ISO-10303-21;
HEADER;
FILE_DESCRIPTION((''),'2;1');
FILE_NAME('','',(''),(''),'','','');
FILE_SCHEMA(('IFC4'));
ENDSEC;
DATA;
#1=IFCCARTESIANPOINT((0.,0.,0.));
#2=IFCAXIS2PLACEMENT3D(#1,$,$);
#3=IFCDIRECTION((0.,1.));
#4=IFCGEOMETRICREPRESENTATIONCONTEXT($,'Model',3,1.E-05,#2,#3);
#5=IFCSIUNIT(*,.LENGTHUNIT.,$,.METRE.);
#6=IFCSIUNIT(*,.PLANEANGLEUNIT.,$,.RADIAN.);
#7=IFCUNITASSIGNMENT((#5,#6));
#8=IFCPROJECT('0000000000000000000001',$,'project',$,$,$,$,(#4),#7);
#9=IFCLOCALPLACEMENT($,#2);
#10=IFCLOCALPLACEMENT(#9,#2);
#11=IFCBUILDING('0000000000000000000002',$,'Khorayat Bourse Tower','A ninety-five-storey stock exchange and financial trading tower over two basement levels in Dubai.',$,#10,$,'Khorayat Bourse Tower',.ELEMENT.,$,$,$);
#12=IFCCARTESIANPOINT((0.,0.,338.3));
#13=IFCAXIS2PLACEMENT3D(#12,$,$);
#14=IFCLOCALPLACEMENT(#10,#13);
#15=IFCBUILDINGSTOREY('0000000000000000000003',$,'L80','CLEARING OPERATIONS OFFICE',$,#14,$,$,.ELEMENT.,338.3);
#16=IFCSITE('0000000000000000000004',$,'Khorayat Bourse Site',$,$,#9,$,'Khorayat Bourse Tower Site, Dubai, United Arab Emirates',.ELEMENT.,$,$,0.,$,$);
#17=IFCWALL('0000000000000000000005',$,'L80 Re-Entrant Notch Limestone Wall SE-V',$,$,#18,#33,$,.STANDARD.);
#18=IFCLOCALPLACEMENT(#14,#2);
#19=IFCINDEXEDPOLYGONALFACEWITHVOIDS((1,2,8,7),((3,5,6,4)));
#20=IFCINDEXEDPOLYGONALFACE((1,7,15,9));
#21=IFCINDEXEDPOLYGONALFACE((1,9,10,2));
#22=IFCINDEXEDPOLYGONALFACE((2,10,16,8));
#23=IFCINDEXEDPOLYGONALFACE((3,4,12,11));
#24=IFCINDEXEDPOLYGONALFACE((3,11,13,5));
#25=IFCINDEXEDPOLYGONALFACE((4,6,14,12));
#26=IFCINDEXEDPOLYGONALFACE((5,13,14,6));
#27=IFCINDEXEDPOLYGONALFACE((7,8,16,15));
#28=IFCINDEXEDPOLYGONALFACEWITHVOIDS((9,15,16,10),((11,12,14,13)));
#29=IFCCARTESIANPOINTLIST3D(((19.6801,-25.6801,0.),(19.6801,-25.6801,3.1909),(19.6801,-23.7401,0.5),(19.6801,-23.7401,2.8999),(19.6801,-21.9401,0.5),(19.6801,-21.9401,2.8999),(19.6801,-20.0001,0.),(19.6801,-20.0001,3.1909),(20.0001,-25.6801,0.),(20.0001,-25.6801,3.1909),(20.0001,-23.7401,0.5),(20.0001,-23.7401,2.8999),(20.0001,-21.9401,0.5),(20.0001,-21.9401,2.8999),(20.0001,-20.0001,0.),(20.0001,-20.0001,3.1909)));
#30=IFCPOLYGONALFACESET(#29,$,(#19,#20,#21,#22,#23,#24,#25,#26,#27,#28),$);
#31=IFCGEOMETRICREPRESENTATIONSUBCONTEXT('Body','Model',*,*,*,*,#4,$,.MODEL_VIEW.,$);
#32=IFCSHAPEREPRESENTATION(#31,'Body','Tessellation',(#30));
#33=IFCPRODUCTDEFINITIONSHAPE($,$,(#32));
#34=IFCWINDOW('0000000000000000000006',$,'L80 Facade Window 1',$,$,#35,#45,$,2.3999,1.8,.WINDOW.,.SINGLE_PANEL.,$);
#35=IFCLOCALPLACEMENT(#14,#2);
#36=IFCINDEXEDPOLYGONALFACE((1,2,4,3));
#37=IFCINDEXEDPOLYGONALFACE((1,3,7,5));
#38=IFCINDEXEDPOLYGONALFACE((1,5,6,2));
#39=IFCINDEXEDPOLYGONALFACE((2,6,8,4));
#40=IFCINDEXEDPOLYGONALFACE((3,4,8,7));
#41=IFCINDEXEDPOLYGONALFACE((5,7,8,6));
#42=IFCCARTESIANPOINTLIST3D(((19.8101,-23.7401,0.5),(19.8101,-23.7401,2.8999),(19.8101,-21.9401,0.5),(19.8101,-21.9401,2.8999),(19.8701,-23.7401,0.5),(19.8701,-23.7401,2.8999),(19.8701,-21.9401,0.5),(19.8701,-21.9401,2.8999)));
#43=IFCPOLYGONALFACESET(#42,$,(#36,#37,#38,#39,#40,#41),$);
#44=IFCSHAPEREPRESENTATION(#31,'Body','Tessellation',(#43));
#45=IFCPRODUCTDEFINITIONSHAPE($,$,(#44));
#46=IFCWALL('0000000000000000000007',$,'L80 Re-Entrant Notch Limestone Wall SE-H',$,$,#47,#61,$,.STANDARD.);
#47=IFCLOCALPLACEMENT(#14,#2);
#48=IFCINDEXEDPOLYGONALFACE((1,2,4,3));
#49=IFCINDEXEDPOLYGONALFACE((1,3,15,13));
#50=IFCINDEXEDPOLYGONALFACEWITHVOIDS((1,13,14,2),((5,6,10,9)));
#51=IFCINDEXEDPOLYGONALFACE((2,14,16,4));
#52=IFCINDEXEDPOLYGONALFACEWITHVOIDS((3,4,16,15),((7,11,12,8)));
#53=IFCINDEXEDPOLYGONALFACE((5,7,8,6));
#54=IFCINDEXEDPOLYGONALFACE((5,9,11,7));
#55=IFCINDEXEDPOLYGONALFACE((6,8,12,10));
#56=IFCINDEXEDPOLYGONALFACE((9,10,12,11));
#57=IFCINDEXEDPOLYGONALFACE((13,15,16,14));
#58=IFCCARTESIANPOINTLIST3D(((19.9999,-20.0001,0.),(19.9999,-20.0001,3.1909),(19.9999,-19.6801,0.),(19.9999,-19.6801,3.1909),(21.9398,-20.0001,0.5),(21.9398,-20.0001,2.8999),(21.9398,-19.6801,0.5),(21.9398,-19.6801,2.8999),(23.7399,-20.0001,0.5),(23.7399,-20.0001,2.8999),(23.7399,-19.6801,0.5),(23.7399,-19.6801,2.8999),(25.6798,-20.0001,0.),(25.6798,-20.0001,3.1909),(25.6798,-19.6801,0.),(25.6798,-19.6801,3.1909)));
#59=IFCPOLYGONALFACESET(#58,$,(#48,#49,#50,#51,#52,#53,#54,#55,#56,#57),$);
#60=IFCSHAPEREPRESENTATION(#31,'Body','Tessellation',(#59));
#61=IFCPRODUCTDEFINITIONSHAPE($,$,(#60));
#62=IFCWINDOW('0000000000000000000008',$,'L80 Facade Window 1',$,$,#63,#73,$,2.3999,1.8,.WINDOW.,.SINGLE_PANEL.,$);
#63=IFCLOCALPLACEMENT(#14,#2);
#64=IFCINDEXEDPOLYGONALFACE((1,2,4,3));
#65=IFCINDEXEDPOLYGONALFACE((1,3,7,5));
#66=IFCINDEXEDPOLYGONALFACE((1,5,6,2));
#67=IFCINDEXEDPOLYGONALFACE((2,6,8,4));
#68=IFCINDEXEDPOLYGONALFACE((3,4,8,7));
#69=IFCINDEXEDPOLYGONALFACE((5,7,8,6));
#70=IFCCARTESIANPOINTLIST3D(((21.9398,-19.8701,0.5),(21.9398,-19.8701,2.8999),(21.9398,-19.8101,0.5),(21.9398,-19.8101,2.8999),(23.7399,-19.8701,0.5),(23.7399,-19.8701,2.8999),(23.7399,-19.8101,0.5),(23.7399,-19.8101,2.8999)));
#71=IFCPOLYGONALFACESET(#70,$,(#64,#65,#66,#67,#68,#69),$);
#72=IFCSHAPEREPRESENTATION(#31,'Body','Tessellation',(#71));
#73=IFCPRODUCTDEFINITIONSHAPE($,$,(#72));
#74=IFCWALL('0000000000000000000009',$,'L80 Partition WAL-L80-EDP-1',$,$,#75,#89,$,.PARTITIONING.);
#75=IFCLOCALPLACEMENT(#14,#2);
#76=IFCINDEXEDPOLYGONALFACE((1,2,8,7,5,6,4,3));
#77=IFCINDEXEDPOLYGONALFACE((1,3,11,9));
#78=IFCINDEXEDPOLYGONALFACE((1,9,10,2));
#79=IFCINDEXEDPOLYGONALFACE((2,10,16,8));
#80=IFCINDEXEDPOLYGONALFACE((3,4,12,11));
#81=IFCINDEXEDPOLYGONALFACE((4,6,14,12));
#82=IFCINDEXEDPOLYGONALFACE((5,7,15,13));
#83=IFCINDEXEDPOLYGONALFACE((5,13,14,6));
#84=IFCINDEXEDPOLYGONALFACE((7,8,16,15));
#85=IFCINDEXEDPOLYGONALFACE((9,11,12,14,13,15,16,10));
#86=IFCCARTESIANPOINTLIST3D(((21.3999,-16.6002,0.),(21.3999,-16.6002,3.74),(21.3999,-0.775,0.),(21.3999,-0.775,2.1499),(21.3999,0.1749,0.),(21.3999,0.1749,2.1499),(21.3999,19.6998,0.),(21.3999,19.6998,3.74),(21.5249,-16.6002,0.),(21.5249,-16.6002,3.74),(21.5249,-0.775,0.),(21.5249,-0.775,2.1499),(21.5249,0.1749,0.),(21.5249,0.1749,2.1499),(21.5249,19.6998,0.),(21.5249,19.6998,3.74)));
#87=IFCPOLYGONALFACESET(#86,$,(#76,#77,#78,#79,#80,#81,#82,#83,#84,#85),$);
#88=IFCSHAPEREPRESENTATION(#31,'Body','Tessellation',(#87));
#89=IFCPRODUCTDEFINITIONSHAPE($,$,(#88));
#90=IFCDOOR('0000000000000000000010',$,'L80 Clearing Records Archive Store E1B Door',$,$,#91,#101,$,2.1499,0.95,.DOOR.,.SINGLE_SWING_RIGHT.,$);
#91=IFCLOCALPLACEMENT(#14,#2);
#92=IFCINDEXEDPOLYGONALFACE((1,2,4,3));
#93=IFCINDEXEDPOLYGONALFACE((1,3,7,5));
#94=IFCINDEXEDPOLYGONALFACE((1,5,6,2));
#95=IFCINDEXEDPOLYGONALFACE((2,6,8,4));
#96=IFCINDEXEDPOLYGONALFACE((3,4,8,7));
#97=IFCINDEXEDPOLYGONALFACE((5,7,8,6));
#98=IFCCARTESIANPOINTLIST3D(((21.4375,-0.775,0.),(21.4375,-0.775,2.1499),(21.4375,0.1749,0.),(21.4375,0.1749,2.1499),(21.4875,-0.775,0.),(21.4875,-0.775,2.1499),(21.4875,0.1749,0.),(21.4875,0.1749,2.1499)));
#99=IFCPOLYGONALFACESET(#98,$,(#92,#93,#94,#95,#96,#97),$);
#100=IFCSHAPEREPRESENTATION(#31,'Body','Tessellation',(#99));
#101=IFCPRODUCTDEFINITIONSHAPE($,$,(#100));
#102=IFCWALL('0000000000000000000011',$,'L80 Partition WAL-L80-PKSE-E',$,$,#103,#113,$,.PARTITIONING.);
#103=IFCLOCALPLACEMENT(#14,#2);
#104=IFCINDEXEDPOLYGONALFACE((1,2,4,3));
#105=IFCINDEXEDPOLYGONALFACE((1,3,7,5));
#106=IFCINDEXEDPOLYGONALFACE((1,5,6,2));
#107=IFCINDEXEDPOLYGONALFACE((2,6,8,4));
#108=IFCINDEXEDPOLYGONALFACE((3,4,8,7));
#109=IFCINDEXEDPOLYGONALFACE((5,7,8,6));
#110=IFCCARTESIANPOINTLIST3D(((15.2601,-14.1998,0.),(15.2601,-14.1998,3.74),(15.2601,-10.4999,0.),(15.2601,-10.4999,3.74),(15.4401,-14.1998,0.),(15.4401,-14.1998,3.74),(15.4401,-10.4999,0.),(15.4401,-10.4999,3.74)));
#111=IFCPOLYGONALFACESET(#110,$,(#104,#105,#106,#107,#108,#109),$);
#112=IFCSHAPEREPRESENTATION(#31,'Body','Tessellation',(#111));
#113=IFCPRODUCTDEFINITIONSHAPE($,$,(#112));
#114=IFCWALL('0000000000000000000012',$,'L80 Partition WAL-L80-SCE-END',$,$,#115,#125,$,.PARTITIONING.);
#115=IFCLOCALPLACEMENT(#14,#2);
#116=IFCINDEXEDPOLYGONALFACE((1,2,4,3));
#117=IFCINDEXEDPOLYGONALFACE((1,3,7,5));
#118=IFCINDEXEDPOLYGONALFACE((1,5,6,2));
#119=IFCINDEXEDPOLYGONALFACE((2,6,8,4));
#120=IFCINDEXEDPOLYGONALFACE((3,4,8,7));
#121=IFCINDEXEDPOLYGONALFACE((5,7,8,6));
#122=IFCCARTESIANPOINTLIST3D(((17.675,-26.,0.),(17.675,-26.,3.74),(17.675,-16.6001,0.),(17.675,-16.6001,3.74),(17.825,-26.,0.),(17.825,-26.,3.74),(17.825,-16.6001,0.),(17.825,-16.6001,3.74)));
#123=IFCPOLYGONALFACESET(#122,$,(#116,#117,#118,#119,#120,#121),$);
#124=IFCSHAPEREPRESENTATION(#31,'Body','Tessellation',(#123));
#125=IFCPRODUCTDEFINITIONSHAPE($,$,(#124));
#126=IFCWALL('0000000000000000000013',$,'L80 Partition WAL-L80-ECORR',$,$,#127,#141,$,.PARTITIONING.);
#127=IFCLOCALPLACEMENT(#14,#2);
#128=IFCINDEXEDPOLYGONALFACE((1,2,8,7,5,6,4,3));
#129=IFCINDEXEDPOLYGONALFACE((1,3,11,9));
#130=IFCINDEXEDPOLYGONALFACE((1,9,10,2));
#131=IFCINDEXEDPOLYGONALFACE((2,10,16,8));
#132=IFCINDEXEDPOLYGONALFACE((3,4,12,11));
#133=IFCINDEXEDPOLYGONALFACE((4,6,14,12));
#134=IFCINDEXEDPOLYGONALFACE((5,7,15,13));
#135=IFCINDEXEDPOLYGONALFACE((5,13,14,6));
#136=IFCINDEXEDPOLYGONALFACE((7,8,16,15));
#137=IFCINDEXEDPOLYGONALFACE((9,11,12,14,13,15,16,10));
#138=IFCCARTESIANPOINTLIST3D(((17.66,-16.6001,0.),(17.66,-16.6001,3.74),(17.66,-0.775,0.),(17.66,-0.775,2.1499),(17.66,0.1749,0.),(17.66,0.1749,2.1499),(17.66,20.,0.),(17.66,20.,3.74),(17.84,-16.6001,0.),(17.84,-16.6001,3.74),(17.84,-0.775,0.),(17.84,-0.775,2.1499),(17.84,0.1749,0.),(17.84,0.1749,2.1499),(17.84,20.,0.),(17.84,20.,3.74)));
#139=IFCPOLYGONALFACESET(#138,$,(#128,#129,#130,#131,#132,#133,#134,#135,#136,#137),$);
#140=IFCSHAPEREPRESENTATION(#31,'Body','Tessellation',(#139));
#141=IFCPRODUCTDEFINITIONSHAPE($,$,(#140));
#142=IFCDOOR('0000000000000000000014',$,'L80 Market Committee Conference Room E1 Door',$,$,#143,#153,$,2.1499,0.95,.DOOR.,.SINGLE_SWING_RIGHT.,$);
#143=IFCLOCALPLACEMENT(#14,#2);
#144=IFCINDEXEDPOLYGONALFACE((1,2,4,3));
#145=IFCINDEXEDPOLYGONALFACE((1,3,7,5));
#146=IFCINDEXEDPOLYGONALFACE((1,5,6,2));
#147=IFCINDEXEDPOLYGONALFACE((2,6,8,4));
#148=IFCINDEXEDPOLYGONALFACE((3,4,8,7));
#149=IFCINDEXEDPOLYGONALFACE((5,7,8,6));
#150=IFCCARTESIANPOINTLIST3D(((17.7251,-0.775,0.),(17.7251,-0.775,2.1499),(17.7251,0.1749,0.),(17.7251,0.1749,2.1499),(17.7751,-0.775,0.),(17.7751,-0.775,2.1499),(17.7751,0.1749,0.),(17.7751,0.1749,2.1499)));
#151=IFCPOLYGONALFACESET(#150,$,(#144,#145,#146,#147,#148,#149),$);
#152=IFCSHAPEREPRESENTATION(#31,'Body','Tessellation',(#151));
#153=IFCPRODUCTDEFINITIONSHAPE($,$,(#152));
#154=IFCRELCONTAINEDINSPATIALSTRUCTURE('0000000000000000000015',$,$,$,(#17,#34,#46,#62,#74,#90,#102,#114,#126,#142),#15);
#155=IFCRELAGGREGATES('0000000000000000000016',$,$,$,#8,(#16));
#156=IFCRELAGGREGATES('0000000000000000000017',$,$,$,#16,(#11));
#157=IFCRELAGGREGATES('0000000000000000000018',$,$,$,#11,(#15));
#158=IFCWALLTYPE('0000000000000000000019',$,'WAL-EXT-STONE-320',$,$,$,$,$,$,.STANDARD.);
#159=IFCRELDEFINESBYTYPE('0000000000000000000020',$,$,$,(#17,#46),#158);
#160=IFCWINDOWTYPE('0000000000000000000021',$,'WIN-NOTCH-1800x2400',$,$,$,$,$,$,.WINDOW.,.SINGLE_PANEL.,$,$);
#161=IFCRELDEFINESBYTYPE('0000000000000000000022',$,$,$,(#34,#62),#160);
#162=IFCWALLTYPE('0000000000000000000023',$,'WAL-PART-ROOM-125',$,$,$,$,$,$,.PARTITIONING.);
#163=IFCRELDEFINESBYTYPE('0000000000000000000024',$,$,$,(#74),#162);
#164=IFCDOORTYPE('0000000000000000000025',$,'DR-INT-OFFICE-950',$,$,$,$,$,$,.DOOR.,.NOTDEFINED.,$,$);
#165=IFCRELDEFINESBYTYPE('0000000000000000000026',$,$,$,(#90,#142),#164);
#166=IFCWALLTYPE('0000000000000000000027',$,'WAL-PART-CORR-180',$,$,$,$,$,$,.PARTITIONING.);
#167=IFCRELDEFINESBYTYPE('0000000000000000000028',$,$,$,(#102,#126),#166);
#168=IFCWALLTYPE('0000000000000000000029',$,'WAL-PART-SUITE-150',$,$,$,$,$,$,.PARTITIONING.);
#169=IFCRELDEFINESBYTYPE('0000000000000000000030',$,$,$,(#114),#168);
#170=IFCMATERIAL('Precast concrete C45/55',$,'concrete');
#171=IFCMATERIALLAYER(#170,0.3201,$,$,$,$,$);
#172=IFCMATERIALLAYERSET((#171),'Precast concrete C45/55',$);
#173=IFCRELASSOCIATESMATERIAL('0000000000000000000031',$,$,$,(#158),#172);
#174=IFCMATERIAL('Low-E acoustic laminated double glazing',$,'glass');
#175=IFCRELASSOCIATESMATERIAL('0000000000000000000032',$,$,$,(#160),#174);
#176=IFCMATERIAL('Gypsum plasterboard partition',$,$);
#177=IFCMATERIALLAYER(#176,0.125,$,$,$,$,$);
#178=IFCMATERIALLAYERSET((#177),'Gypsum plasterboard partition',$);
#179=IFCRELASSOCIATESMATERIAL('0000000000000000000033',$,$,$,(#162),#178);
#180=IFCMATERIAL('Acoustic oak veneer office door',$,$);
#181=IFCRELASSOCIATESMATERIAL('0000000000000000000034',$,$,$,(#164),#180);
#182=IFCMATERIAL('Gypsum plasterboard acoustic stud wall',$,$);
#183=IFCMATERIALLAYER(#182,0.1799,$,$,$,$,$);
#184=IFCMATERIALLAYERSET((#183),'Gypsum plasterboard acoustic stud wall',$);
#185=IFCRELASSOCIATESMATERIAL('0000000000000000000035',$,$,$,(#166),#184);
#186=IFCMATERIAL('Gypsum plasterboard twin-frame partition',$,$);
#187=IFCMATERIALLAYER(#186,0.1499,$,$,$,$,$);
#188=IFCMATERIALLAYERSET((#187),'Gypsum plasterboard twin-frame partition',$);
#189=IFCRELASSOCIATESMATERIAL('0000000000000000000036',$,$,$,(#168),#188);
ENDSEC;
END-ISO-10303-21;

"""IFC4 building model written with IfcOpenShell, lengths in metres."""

from ifc_helpers import new_model, si_unit, direction, frame, frame_2d, origin, place, context, subcontext, project, spatial, rectangle, extrude, source, transform, mapped, material, layer, layer_set, type_object, element, fill, save


model = new_model("IFC4")

# Units and contexts
model_context = context("Model", 3, precision=1e-05, world=origin(), true_north=direction((0.0, 1.0)))
body_context = subcontext(model_context, "Body", "Model", "MODEL_VIEW")
ifc_project = project(units=[si_unit("LENGTHUNIT", "METRE"), si_unit("PLANEANGLEUNIT", "RADIAN")], contexts=[model_context])

# Site, building, storey
site_placement = place(None, origin())
site = spatial("IfcSite", under=ifc_project, at=site_placement, Name="Khorayat Bourse Site", LongName="Khorayat Bourse Tower Site, Dubai, United Arab Emirates", CompositionType="ELEMENT", RefElevation=0.0)
building_placement = place(site_placement, origin())
building = spatial("IfcBuilding", under=site, at=building_placement, Name="Khorayat Bourse Tower", Description="A ninety-five-storey stock exchange and financial trading tower over two basement levels in Dubai.", LongName="Khorayat Bourse Tower", CompositionType="ELEMENT")
storey_placement = place(building_placement, frame((0.0, 0.0, 338.3)))
storey = spatial("IfcBuildingStorey", under=building, at=storey_placement, Name="L80", Description="CLEARING OPERATIONS OFFICE", CompositionType="ELEMENT", Elevation=338.3)

# Walls, openings, windows
ifc_material_1 = material(Name="Precast concrete C45/55", Category="concrete")
ifc_layer_1 = layer(ifc_material_1, 0.3201)
ifc_layer_set_1 = layer_set([ifc_layer_1], Name="Precast concrete C45/55")
wall_type_1 = type_object("IfcWallType", Name="WAL-EXT-STONE-320", PredefinedType="STANDARD", material=ifc_layer_set_1)
shared_shape_1 = source(origin(), body_context, "Body", "SweptSolid", [
    extrude(rectangle(XDim=5.6799, YDim=0.3201, at=frame_2d((2.8398, 0.0))), origin(), (0.0, 0.0, 1.0), 3.1909),
])
wall_1_placement = place(storey_placement, frame((19.8401, -25.6799, 0.0), z_axis=(0.0, 0.0, 1.0), x_axis=(0.0, 1.0, 0.0)))
wall_1 = element("IfcWall", 1, at=wall_1_placement, inside=storey, type_object=wall_type_1, Name="L80 Re-Entrant Notch Limestone Wall SE-V", PredefinedType="STANDARD", context=body_context, shape_type="MappedRepresentation", body=[
    mapped(shared_shape_1, transform((0.0, 0.0, 0.0), scale=1.0)),
])
shared_shape_2 = source(origin(), body_context, "Body", "SweptSolid", [
    extrude(rectangle(XDim=1.8, YDim=2.3999, at=frame_2d((0.8999, 1.2))), frame((0.0, 0.1699, 0.0), z_axis=(0.0, -1.0, 0.0), x_axis=(1.0, 0.0, 0.0)), (0.0, 0.0, 1.0), 0.3401),
])
opening_1_placement = place(wall_1_placement, frame((1.9399, 0.0, 0.5)))
opening_1 = element("IfcOpeningElement", 2, at=opening_1_placement, cuts=wall_1, PredefinedType="OPENING", context=body_context, shape_type="MappedRepresentation", body=[
    mapped(shared_shape_2, transform((0.0, 0.0, 0.0), scale=1.0)),
])
ifc_material_2 = material(Name="Low-E acoustic laminated double glazing", Category="glass")
window_type = type_object("IfcWindowType", Name="WIN-NOTCH-1800x2400", PartitioningType="SINGLE_PANEL", PredefinedType="WINDOW", material=ifc_material_2)
shared_shape_3 = source(origin(), body_context, "Body", "SweptSolid", [
    extrude(rectangle(XDim=1.8, YDim=2.3999, at=frame_2d((0.8999, 1.2))), frame((0.0, 0.03, 0.0), z_axis=(0.0, -1.0, 0.0), x_axis=(1.0, 0.0, 0.0)), (0.0, 0.0, 1.0), 0.0601),
])
window_1_placement = place(opening_1_placement, origin())
window_1 = element("IfcWindow", 3, at=window_1_placement, inside=storey, type_object=window_type, Name="L80 Facade Window 1", OverallHeight=2.3999, OverallWidth=1.8, PartitioningType="SINGLE_PANEL", PredefinedType="WINDOW", context=body_context, shape_type="MappedRepresentation", body=[
    mapped(shared_shape_3, transform((0.0, 0.0, 0.0), scale=1.0)),
])
fill(opening_1, window_1)
wall_2_placement = place(storey_placement, frame((20.0, -19.8401, 0.0), z_axis=(0.0, 0.0, 1.0), x_axis=(1.0, 0.0, 0.0)))
wall_2 = element("IfcWall", 4, at=wall_2_placement, inside=storey, type_object=wall_type_1, Name="L80 Re-Entrant Notch Limestone Wall SE-H", PredefinedType="STANDARD", context=body_context, shape_type="MappedRepresentation", body=[
    mapped(shared_shape_1, transform((0.0, 0.0, 0.0), scale=1.0)),
])
opening_2_placement = place(wall_2_placement, frame((1.9399, 0.0, 0.5)))
opening_2 = element("IfcOpeningElement", 5, at=opening_2_placement, cuts=wall_2, PredefinedType="OPENING", context=body_context, shape_type="MappedRepresentation", body=[
    mapped(shared_shape_2, transform((0.0, 0.0, 0.0), scale=1.0)),
])
window_2_placement = place(opening_2_placement, origin())
window_2 = element("IfcWindow", 6, at=window_2_placement, inside=storey, type_object=window_type, Name="L80 Facade Window 1", OverallHeight=2.3999, OverallWidth=1.8, PartitioningType="SINGLE_PANEL", PredefinedType="WINDOW", context=body_context, shape_type="MappedRepresentation", body=[
    mapped(shared_shape_3, transform((0.0, 0.0, 0.0), scale=1.0)),
])
fill(opening_2, window_2)

# Wall, opening, door
ifc_material_3 = material(Name="Gypsum plasterboard partition")
ifc_layer_2 = layer(ifc_material_3, 0.125)
ifc_layer_set_2 = layer_set([ifc_layer_2], Name="Gypsum plasterboard partition")
wall_type_2 = type_object("IfcWallType", Name="WAL-PART-ROOM-125", PredefinedType="PARTITIONING", material=ifc_layer_set_2)
shared_shape_4 = source(origin(), body_context, "Body", "SweptSolid", [
    extrude(rectangle(XDim=36.3, YDim=0.125, at=frame_2d((18.1499, 0.0))), origin(), (0.0, 0.0, 1.0), 3.74),
])
wall_3_placement = place(storey_placement, frame((21.4624, -16.6001, 0.0), z_axis=(0.0, 0.0, 1.0), x_axis=(0.0, 1.0, 0.0)))
wall_3 = element("IfcWall", 7, at=wall_3_placement, inside=storey, type_object=wall_type_2, Name="L80 Partition WAL-L80-EDP-1", PredefinedType="PARTITIONING", context=body_context, shape_type="MappedRepresentation", body=[
    mapped(shared_shape_4, transform((0.0, 0.0, 0.0), scale=1.0)),
])
shared_shape_5 = source(origin(), body_context, "Body", "SweptSolid", [
    extrude(rectangle(XDim=0.95, YDim=2.1499, at=frame_2d((0.4751, 1.075))), frame((0.0, 0.0725, 0.0), z_axis=(0.0, -1.0, 0.0), x_axis=(1.0, 0.0, 0.0)), (0.0, 0.0, 1.0), 0.145),
])
opening_3_placement = place(wall_3_placement, frame((15.825, 0.0, 0.0)))
opening_3 = element("IfcOpeningElement", 8, at=opening_3_placement, cuts=wall_3, PredefinedType="OPENING", context=body_context, shape_type="MappedRepresentation", body=[
    mapped(shared_shape_5, transform((0.0, 0.0, 0.0), scale=1.0)),
])
ifc_material_4 = material(Name="Acoustic oak veneer office door")
door_type = type_object("IfcDoorType", Name="DR-INT-OFFICE-950", OperationType="NOTDEFINED", PredefinedType="DOOR", material=ifc_material_4)
shared_shape_6 = source(origin(), body_context, "Body", "SweptSolid", [
    extrude(rectangle(XDim=0.95, YDim=2.1499, at=frame_2d((0.4751, 1.075))), frame((0.0, 0.0249, 0.0), z_axis=(0.0, -1.0, 0.0), x_axis=(1.0, 0.0, 0.0)), (0.0, 0.0, 1.0), 0.05),
])
door_1_placement = place(opening_3_placement, origin())
door_1 = element("IfcDoor", 9, at=door_1_placement, inside=storey, type_object=door_type, Name="L80 Clearing Records Archive Store E1B Door", OperationType="SINGLE_SWING_RIGHT", OverallHeight=2.1499, OverallWidth=0.95, PredefinedType="DOOR", context=body_context, shape_type="MappedRepresentation", body=[
    mapped(shared_shape_6, transform((0.0, 0.0, 0.0), scale=1.0)),
])
fill(opening_3, door_1)

# Walls
ifc_material_5 = material(Name="Gypsum plasterboard acoustic stud wall")
ifc_layer_3 = layer(ifc_material_5, 0.1799)
ifc_layer_set_3 = layer_set([ifc_layer_3], Name="Gypsum plasterboard acoustic stud wall")
wall_type_3 = type_object("IfcWallType", Name="WAL-PART-CORR-180", PredefinedType="PARTITIONING", material=ifc_layer_set_3)
shared_shape_7 = source(origin(), body_context, "Body", "SweptSolid", [
    extrude(rectangle(XDim=3.7, YDim=0.1799, at=frame_2d((1.8501, 0.0))), origin(), (0.0, 0.0, 1.0), 3.74),
])
wall_4_placement = place(storey_placement, frame((15.3501, -14.2, 0.0), z_axis=(0.0, 0.0, 1.0), x_axis=(0.0, 1.0, 0.0)))
element("IfcWall", 10, at=wall_4_placement, inside=storey, type_object=wall_type_3, Name="L80 Partition WAL-L80-PKSE-E", PredefinedType="PARTITIONING", context=body_context, shape_type="MappedRepresentation", body=[
    mapped(shared_shape_7, transform((0.0, 0.0, 0.0), scale=1.0)),
])
ifc_material_6 = material(Name="Gypsum plasterboard twin-frame partition")
ifc_layer_4 = layer(ifc_material_6, 0.1499)
ifc_layer_set_4 = layer_set([ifc_layer_4], Name="Gypsum plasterboard twin-frame partition")
wall_type_4 = type_object("IfcWallType", Name="WAL-PART-SUITE-150", PredefinedType="PARTITIONING", material=ifc_layer_set_4)
shared_shape_8 = source(origin(), body_context, "Body", "SweptSolid", [
    extrude(rectangle(XDim=9.3999, YDim=0.1499, at=frame_2d((4.7, 0.0))), origin(), (0.0, 0.0, 1.0), 3.74),
])
wall_5_placement = place(storey_placement, frame((17.75, -26.0, 0.0), z_axis=(0.0, 0.0, 1.0), x_axis=(0.0, 1.0, 0.0)))
element("IfcWall", 11, at=wall_5_placement, inside=storey, type_object=wall_type_4, Name="L80 Partition WAL-L80-SCE-END", PredefinedType="PARTITIONING", context=body_context, shape_type="MappedRepresentation", body=[
    mapped(shared_shape_8, transform((0.0, 0.0, 0.0), scale=1.0)),
])

# Wall, opening, door
shared_shape_9 = source(origin(), body_context, "Body", "SweptSolid", [
    extrude(rectangle(XDim=36.6001, YDim=0.1799, at=frame_2d((18.3, 0.0))), origin(), (0.0, 0.0, 1.0), 3.74),
])
wall_6_placement = place(storey_placement, frame((17.75, -16.6001, 0.0), z_axis=(0.0, 0.0, 1.0), x_axis=(0.0, 1.0, 0.0)))
wall_6 = element("IfcWall", 12, at=wall_6_placement, inside=storey, type_object=wall_type_3, Name="L80 Partition WAL-L80-ECORR", PredefinedType="PARTITIONING", context=body_context, shape_type="MappedRepresentation", body=[
    mapped(shared_shape_9, transform((0.0, 0.0, 0.0), scale=1.0)),
])
shared_shape_10 = source(origin(), body_context, "Body", "SweptSolid", [
    extrude(rectangle(XDim=0.95, YDim=2.1499, at=frame_2d((0.4751, 1.075))), frame((0.0, 0.0999, 0.0), z_axis=(0.0, -1.0, 0.0), x_axis=(1.0, 0.0, 0.0)), (0.0, 0.0, 1.0), 0.2),
])
opening_4_placement = place(wall_6_placement, frame((15.825, 0.0, 0.0)))
opening_4 = element("IfcOpeningElement", 13, at=opening_4_placement, cuts=wall_6, PredefinedType="OPENING", context=body_context, shape_type="MappedRepresentation", body=[
    mapped(shared_shape_10, transform((0.0, 0.0, 0.0), scale=1.0)),
])
door_2_placement = place(opening_4_placement, origin())
door_2 = element("IfcDoor", 14, at=door_2_placement, inside=storey, type_object=door_type, Name="L80 Market Committee Conference Room E1 Door", OperationType="SINGLE_SWING_RIGHT", OverallHeight=2.1499, OverallWidth=0.95, PredefinedType="DOOR", context=body_context, shape_type="MappedRepresentation", body=[
    mapped(shared_shape_6, transform((0.0, 0.0, 0.0), scale=1.0)),
])
fill(opening_4, door_2)

save(model, "model.ifc")
